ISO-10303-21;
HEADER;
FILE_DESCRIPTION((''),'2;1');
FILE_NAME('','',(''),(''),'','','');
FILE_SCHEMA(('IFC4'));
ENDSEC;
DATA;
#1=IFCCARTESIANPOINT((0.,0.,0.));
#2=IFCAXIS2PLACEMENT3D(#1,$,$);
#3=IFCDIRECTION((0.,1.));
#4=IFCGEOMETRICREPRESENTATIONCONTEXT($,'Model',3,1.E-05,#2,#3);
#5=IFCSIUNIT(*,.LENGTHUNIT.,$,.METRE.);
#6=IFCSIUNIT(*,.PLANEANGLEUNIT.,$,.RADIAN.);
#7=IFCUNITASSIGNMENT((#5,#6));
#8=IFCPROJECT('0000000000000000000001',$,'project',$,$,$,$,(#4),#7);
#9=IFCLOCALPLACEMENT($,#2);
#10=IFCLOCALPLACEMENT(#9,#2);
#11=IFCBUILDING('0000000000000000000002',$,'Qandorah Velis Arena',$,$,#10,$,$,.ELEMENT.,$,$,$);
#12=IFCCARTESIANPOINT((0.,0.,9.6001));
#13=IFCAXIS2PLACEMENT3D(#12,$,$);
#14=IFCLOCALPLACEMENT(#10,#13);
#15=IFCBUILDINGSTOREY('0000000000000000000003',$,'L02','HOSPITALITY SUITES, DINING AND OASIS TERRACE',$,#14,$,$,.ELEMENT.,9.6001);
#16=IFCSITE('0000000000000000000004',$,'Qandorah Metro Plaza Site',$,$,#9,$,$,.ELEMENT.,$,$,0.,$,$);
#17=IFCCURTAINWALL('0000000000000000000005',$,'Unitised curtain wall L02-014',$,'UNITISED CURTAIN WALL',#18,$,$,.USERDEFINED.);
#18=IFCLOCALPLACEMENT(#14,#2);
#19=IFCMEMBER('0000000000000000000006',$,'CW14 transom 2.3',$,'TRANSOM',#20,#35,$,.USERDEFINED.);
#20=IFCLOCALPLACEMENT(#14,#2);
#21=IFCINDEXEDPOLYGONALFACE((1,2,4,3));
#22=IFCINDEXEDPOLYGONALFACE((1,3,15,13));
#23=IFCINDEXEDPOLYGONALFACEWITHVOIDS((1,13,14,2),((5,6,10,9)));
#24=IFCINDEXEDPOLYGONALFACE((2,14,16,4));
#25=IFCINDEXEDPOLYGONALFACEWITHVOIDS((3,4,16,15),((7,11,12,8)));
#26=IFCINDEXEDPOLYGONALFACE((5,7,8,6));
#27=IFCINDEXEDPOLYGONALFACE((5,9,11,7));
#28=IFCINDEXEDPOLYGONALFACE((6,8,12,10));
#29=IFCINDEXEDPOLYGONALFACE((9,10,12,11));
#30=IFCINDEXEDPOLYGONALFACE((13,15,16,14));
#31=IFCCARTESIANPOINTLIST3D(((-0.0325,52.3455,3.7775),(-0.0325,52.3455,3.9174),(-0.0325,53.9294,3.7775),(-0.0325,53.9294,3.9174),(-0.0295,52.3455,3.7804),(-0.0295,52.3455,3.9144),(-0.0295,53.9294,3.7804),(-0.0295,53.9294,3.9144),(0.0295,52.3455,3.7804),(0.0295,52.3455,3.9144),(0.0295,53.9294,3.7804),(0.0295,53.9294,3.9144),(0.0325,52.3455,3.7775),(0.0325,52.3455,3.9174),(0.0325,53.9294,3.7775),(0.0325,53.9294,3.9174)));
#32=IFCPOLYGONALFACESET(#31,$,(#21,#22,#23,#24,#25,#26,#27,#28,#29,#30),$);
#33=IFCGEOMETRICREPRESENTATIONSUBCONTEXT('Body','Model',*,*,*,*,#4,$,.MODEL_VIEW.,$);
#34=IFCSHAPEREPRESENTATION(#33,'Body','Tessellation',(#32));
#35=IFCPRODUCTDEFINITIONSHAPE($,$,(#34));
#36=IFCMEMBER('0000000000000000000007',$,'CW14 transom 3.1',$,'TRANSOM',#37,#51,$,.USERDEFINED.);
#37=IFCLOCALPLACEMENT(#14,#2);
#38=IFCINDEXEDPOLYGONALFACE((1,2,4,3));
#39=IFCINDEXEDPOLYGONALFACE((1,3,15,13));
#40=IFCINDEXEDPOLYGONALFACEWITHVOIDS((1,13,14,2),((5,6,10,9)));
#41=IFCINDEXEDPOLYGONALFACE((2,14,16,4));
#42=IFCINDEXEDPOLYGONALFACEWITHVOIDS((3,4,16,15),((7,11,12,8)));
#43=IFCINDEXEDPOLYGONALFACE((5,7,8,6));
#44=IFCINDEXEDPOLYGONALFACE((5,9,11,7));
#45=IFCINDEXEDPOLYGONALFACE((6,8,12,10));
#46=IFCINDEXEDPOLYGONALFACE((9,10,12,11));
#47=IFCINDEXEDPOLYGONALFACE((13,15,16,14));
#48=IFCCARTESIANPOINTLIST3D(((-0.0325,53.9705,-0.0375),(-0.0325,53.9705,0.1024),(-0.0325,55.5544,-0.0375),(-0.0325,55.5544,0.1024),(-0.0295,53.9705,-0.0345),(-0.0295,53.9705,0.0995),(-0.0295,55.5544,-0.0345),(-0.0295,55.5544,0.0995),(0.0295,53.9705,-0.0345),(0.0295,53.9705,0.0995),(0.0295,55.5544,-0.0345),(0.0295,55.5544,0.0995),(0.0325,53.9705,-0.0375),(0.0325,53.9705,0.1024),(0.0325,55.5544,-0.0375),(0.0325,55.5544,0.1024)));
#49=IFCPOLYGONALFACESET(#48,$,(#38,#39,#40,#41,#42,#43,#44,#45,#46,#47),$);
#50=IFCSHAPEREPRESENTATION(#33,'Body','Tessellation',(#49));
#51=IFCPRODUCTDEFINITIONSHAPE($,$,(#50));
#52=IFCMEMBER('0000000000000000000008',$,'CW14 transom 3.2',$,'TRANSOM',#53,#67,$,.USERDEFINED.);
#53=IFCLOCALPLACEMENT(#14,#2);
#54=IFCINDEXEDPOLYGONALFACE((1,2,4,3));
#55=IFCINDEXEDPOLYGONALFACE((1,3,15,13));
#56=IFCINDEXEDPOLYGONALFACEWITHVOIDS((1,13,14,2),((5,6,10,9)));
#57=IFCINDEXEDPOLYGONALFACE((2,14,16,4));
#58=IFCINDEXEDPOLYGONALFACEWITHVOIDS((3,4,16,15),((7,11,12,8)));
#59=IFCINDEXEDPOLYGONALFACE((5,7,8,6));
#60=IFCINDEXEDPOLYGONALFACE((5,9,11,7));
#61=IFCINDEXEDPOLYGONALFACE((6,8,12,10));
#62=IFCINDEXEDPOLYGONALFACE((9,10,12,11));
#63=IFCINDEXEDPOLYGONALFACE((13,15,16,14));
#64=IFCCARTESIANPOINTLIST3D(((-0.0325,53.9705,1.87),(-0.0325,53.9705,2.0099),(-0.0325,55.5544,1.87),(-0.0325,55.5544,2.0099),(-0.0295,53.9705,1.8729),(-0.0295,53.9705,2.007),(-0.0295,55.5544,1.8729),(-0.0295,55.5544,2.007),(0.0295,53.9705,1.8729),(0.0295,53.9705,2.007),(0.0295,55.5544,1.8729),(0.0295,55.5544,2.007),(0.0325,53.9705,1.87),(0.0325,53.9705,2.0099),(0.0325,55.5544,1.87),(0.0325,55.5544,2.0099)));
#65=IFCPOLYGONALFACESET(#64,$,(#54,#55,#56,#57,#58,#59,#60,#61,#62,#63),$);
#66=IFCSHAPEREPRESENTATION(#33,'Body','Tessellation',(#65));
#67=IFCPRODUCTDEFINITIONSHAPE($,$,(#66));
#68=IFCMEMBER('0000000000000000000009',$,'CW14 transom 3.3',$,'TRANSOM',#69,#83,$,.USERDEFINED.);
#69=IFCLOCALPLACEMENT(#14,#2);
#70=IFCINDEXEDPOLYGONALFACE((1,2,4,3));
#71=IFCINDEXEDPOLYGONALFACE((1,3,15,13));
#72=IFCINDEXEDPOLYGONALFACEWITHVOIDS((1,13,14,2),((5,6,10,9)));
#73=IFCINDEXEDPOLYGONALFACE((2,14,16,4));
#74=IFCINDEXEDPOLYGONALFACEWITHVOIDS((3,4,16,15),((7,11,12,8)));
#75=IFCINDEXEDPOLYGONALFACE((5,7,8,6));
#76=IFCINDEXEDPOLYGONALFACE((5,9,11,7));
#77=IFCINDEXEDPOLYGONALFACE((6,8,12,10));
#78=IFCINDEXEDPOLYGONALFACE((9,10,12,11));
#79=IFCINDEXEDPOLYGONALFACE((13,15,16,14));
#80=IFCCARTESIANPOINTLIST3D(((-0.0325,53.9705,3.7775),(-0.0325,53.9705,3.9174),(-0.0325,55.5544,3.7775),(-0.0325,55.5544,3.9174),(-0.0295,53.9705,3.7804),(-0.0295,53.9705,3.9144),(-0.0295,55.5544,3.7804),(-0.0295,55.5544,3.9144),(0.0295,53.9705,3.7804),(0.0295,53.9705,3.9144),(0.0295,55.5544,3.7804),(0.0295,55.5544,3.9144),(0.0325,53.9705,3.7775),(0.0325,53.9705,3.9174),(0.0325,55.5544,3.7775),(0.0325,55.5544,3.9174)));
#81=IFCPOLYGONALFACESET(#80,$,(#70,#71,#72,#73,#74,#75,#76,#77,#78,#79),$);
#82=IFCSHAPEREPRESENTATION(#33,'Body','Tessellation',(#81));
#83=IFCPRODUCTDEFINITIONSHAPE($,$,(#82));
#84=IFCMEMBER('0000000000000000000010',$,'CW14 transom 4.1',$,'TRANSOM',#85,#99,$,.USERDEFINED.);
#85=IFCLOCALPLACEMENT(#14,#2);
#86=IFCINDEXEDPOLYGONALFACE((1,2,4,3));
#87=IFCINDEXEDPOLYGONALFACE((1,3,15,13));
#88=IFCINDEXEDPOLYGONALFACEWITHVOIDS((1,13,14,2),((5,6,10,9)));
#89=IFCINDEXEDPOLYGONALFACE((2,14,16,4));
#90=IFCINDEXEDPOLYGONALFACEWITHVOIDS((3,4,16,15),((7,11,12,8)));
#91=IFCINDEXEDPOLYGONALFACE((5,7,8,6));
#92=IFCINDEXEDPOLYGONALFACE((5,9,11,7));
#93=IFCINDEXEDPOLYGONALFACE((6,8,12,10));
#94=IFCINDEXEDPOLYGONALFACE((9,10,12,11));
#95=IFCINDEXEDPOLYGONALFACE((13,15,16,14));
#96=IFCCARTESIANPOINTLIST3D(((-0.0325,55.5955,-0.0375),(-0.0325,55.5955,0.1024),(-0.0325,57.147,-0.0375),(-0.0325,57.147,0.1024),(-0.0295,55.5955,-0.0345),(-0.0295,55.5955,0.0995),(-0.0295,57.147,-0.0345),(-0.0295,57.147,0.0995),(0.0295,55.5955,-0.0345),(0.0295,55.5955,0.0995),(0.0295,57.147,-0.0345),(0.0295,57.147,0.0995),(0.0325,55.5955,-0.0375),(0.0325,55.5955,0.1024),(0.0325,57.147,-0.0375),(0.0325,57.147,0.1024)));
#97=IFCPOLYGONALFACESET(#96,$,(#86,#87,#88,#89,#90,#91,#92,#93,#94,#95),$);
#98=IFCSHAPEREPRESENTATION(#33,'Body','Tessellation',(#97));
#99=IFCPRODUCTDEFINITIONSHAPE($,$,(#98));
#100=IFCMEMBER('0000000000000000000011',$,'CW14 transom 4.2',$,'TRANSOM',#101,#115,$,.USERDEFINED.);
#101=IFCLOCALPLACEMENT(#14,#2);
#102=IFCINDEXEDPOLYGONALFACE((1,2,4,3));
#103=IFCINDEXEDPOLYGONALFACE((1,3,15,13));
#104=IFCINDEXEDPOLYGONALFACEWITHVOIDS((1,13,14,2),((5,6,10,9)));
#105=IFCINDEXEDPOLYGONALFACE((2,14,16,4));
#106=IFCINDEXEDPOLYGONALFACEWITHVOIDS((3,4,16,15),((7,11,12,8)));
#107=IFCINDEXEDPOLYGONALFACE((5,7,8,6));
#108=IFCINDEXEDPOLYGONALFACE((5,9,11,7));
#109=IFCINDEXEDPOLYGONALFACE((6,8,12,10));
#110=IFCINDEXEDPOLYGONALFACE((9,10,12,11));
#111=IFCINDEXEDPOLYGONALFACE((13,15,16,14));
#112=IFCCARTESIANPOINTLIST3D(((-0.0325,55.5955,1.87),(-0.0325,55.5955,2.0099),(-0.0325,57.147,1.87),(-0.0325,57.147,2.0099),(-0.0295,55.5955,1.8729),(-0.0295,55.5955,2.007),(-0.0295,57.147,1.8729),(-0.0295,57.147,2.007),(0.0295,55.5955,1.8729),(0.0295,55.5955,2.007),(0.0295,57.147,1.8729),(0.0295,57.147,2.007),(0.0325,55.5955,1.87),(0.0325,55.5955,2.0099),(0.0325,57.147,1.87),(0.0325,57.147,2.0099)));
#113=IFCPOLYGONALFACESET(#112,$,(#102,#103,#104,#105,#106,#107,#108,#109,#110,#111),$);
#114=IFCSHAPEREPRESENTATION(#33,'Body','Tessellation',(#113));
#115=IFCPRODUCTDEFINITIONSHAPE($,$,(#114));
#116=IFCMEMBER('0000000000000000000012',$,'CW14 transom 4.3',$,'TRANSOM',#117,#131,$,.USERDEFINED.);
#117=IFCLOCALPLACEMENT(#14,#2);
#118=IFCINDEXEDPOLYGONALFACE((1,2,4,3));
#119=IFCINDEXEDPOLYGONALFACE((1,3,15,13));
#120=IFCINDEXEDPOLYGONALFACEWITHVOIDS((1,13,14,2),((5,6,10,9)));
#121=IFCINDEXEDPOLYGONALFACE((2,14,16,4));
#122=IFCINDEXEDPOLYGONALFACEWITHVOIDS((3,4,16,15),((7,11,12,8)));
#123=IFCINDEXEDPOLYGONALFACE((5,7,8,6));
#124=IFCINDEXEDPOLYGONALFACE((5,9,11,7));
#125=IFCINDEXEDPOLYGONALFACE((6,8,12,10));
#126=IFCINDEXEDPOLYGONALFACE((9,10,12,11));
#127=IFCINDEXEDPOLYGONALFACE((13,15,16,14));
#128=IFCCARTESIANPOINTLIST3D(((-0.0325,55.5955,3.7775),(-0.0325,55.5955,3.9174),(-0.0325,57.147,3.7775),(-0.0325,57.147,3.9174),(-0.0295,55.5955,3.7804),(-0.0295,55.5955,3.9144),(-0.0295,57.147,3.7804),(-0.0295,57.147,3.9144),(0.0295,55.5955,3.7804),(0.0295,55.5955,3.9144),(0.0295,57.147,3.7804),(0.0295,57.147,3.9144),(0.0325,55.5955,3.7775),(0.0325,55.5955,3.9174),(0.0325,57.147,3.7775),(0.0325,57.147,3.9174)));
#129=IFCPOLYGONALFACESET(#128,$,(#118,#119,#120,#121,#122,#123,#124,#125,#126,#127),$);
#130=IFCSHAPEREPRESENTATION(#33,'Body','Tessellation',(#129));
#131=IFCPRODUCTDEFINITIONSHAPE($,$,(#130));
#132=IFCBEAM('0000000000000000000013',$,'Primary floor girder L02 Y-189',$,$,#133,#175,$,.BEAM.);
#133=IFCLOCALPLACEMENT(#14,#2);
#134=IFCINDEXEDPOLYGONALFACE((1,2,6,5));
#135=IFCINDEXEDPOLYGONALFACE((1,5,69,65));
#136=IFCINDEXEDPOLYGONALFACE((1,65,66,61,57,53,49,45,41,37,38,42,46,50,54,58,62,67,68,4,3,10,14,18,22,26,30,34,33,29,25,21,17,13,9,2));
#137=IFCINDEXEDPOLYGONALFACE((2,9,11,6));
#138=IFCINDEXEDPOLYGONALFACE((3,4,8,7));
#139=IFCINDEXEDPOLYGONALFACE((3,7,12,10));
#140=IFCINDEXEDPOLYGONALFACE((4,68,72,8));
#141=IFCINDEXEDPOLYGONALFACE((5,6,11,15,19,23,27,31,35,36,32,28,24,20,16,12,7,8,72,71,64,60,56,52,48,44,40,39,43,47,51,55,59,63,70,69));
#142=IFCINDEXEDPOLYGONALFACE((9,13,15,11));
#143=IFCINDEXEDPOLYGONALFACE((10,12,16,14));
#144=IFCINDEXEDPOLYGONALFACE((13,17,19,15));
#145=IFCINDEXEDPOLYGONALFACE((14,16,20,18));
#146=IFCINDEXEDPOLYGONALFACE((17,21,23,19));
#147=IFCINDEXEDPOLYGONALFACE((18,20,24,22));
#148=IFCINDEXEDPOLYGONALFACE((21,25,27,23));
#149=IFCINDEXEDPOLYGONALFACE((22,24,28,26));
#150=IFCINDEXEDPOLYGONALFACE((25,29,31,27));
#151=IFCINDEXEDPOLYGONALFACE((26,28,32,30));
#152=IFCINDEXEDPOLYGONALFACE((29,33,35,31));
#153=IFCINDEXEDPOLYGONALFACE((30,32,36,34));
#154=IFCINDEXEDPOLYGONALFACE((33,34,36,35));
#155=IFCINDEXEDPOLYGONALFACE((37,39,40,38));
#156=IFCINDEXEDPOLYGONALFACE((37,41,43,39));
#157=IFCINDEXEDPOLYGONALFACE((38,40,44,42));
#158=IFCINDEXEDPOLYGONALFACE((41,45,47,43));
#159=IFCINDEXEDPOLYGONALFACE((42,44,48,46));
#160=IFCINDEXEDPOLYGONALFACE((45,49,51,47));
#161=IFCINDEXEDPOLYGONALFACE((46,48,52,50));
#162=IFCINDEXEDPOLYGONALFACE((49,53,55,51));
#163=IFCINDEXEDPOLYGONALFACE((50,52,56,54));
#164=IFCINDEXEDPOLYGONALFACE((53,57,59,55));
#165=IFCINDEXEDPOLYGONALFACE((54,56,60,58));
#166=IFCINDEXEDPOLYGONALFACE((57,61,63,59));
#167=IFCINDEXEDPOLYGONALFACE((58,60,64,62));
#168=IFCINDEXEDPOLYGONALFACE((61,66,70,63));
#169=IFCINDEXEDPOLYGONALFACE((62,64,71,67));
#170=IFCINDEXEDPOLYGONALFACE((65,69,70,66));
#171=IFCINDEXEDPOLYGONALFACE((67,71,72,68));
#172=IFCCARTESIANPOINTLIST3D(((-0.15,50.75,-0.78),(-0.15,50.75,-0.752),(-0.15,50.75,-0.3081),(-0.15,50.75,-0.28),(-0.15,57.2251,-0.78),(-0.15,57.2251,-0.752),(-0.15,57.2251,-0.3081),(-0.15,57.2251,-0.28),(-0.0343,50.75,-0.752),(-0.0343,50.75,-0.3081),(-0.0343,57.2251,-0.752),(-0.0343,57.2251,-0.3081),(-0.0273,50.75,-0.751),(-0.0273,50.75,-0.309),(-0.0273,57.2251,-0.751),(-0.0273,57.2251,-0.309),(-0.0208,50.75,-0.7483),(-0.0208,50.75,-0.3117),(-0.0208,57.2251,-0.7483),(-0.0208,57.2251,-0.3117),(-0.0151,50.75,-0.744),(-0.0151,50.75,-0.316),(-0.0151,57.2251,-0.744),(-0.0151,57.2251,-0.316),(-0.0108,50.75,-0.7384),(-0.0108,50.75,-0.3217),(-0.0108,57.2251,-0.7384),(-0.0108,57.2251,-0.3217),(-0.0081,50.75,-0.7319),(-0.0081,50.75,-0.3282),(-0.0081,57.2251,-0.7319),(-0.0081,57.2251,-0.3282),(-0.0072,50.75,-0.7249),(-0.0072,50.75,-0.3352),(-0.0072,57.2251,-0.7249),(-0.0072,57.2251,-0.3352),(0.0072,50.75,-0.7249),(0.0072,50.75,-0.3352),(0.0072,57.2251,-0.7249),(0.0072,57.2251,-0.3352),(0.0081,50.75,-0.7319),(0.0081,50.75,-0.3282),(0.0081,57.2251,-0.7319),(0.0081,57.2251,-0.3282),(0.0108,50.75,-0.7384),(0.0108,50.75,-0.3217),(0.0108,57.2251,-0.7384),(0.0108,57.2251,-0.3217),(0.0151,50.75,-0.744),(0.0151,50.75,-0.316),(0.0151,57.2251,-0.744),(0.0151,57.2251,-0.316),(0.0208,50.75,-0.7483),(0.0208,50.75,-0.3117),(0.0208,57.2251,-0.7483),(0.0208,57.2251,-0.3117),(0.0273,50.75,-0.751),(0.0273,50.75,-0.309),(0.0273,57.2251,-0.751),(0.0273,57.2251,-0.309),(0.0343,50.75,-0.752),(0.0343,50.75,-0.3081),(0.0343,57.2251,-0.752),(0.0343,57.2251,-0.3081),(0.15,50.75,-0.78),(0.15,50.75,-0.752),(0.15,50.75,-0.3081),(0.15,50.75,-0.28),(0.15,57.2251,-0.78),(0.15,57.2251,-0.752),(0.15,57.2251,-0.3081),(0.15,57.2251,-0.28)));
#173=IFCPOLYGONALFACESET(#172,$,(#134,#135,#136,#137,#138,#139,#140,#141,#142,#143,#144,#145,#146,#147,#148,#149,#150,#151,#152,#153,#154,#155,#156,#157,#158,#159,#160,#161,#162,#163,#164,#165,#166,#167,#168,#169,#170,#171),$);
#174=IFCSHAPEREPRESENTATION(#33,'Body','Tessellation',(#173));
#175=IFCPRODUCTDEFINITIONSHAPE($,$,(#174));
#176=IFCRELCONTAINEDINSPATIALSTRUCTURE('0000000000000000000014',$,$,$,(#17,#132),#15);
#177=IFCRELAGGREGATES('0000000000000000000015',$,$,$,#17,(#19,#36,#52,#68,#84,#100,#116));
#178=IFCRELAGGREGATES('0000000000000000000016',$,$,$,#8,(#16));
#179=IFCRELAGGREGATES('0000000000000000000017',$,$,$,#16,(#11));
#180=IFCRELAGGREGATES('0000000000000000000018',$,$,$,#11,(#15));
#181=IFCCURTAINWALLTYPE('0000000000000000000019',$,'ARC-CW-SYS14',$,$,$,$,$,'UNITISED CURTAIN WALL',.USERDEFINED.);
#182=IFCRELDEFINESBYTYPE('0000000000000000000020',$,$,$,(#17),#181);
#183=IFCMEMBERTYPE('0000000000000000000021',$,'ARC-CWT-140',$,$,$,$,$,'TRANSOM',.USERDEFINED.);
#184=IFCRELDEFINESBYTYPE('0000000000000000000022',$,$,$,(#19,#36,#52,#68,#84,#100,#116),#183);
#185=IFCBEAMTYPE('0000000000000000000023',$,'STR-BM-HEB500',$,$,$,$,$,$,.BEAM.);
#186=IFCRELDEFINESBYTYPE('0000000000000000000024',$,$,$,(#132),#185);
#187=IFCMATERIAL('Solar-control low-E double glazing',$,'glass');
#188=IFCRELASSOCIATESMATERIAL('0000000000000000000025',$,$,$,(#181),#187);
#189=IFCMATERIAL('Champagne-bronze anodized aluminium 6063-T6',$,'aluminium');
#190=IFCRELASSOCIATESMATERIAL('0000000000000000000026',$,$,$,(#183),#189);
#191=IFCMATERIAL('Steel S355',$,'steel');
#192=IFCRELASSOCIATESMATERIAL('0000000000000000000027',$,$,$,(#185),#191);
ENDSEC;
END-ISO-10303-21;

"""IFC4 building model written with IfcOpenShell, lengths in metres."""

from ifc_helpers import new_model, si_unit, direction, frame, origin, origin_2d, place, context, subcontext, project, spatial, hollow_rectangle, i_section, extrude, material, material_profile, profile_set, type_object, element, aggregate, save


model = new_model("IFC4")

# Units and contexts
model_context = context("Model", 3, precision=1e-05, world=origin(), true_north=direction((0.0, 1.0)))
body_context = subcontext(model_context, "Body", "Model", "MODEL_VIEW")
ifc_project = project(units=[si_unit("LENGTHUNIT", "METRE"), si_unit("PLANEANGLEUNIT", "RADIAN")], contexts=[model_context])

# Site, building, storey
site_placement = place(None, origin())
site = spatial("IfcSite", under=ifc_project, at=site_placement, Name="Qandorah Metro Plaza Site", CompositionType="ELEMENT", RefElevation=0.0)
building_placement = place(site_placement, origin())
building = spatial("IfcBuilding", under=site, at=building_placement, Name="Qandorah Velis Arena", CompositionType="ELEMENT")
storey_placement = place(building_placement, frame((0.0, 0.0, 9.6001)))
storey = spatial("IfcBuildingStorey", under=building, at=storey_placement, Name="L02", Description="HOSPITALITY SUITES, DINING AND OASIS TERRACE", CompositionType="ELEMENT", Elevation=9.6001)

# Curtain wall, members
ifc_material_1 = material(Name="Solar-control low-E double glazing", Category="glass")
curtain_wall_type = type_object("IfcCurtainWallType", Name="ARC-CW-SYS14", ElementType="UNITISED CURTAIN WALL", PredefinedType="USERDEFINED", material=ifc_material_1)
curtain_wall_placement = place(storey_placement, origin())
curtain_wall = element("IfcCurtainWall", 1, at=curtain_wall_placement, inside=storey, type_object=curtain_wall_type, Name="Unitised curtain wall L02-014", ObjectType="UNITISED CURTAIN WALL", PredefinedType="USERDEFINED")
ifc_material_2 = material(Name="Champagne-bronze anodized aluminium 6063-T6", Category="aluminium")
ifc_material_profile_1 = material_profile(ifc_material_2, hollow_rectangle(XDim=0.0649, YDim=0.1399, WallThickness=0.0029, at=origin_2d()), Name="ALU TRANSOM 65x140")
ifc_profile_set_1 = profile_set([ifc_material_profile_1], Name="Champagne-bronze anodized aluminium 6063-T6")
member_type_1 = type_object("IfcMemberType", Name="ARC-CWT-140", ElementType="TRANSOM", PredefinedType="USERDEFINED", material=ifc_profile_set_1)
member_1_placement = place(storey_placement, frame((0.0, 52.3455, 3.8474), z_axis=(0.0, 1.0, 0.0), x_axis=(-1.0, 0.0, 0.0)))
member_1 = element("IfcMember", 2, at=member_1_placement, type_object=member_type_1, Name="CW14 transom 2.3", ObjectType="TRANSOM", PredefinedType="USERDEFINED", context=body_context, shape_type="SweptSolid", body=[
    extrude(hollow_rectangle(XDim=0.0649, YDim=0.1399, WallThickness=0.0029, at=origin_2d()), origin(), (0.0, 0.0, 1.0), 1.584),
])
member_2_placement = place(storey_placement, frame((0.0, 53.9705, 0.0325), z_axis=(0.0, 1.0, 0.0), x_axis=(-1.0, 0.0, 0.0)))
member_2 = element("IfcMember", 3, at=member_2_placement, type_object=member_type_1, Name="CW14 transom 3.1", ObjectType="TRANSOM", PredefinedType="USERDEFINED", context=body_context, shape_type="SweptSolid", body=[
    extrude(hollow_rectangle(XDim=0.0649, YDim=0.1399, WallThickness=0.0029, at=origin_2d()), origin(), (0.0, 0.0, 1.0), 1.584),
])
member_3_placement = place(storey_placement, frame((0.0, 53.9705, 1.9399), z_axis=(0.0, 1.0, 0.0), x_axis=(-1.0, 0.0, 0.0)))
member_3 = element("IfcMember", 4, at=member_3_placement, type_object=member_type_1, Name="CW14 transom 3.2", ObjectType="TRANSOM", PredefinedType="USERDEFINED", context=body_context, shape_type="SweptSolid", body=[
    extrude(hollow_rectangle(XDim=0.0649, YDim=0.1399, WallThickness=0.0029, at=origin_2d()), origin(), (0.0, 0.0, 1.0), 1.584),
])
member_4_placement = place(storey_placement, frame((0.0, 53.9705, 3.8474), z_axis=(0.0, 1.0, 0.0), x_axis=(-1.0, 0.0, 0.0)))
member_4 = element("IfcMember", 5, at=member_4_placement, type_object=member_type_1, Name="CW14 transom 3.3", ObjectType="TRANSOM", PredefinedType="USERDEFINED", context=body_context, shape_type="SweptSolid", body=[
    extrude(hollow_rectangle(XDim=0.0649, YDim=0.1399, WallThickness=0.0029, at=origin_2d()), origin(), (0.0, 0.0, 1.0), 1.584),
])
member_5_placement = place(storey_placement, frame((0.0, 55.5955, 0.0325), z_axis=(0.0, 1.0, 0.0), x_axis=(-1.0, 0.0, 0.0)))
member_5 = element("IfcMember", 6, at=member_5_placement, type_object=member_type_1, Name="CW14 transom 4.1", ObjectType="TRANSOM", PredefinedType="USERDEFINED", context=body_context, shape_type="SweptSolid", body=[
    extrude(hollow_rectangle(XDim=0.0649, YDim=0.1399, WallThickness=0.0029, at=origin_2d()), origin(), (0.0, 0.0, 1.0), 1.5515),
])
member_6_placement = place(storey_placement, frame((0.0, 55.5955, 1.9399), z_axis=(0.0, 1.0, 0.0), x_axis=(-1.0, 0.0, 0.0)))
member_6 = element("IfcMember", 7, at=member_6_placement, type_object=member_type_1, Name="CW14 transom 4.2", ObjectType="TRANSOM", PredefinedType="USERDEFINED", context=body_context, shape_type="SweptSolid", body=[
    extrude(hollow_rectangle(XDim=0.0649, YDim=0.1399, WallThickness=0.0029, at=origin_2d()), origin(), (0.0, 0.0, 1.0), 1.5515),
])
member_7_placement = place(storey_placement, frame((0.0, 55.5955, 3.8474), z_axis=(0.0, 1.0, 0.0), x_axis=(-1.0, 0.0, 0.0)))
member_7 = element("IfcMember", 8, at=member_7_placement, type_object=member_type_1, Name="CW14 transom 4.3", ObjectType="TRANSOM", PredefinedType="USERDEFINED", context=body_context, shape_type="SweptSolid", body=[
    extrude(hollow_rectangle(XDim=0.0649, YDim=0.1399, WallThickness=0.0029, at=origin_2d()), origin(), (0.0, 0.0, 1.0), 1.5515),
])

# Beam
ifc_material_3 = material(Name="Steel S355", Category="steel")
ifc_material_profile_2 = material_profile(ifc_material_3, i_section(OverallWidth=0.3, OverallDepth=0.5, WebThickness=0.0144, FlangeThickness=0.0281, FilletRadius=0.0271, at=origin_2d()), Name="HEB 500")
ifc_profile_set_2 = profile_set([ifc_material_profile_2], Name="Steel S355")
beam_type = type_object("IfcBeamType", Name="STR-BM-HEB500", PredefinedType="BEAM", material=ifc_profile_set_2)
beam_1_placement = place(storey_placement, frame((0.0, 50.75, -0.53), z_axis=(0.0, 1.0, 0.0), x_axis=(-1.0, 0.0, 0.0)))
element("IfcBeam", 9, at=beam_1_placement, inside=storey, type_object=beam_type, Name="Primary floor girder L02 Y-189", PredefinedType="BEAM", context=body_context, shape_type="SweptSolid", body=[
    extrude(i_section(OverallWidth=0.3, OverallDepth=0.5, WebThickness=0.0144, FlangeThickness=0.0281, FilletRadius=0.0271, at=origin_2d()), origin(), (0.0, 0.0, 1.0), 6.4751),
])

aggregate(curtain_wall, [member_1, member_2, member_3, member_4, member_5, member_6, member_7])

save(model, "model.ifc")
